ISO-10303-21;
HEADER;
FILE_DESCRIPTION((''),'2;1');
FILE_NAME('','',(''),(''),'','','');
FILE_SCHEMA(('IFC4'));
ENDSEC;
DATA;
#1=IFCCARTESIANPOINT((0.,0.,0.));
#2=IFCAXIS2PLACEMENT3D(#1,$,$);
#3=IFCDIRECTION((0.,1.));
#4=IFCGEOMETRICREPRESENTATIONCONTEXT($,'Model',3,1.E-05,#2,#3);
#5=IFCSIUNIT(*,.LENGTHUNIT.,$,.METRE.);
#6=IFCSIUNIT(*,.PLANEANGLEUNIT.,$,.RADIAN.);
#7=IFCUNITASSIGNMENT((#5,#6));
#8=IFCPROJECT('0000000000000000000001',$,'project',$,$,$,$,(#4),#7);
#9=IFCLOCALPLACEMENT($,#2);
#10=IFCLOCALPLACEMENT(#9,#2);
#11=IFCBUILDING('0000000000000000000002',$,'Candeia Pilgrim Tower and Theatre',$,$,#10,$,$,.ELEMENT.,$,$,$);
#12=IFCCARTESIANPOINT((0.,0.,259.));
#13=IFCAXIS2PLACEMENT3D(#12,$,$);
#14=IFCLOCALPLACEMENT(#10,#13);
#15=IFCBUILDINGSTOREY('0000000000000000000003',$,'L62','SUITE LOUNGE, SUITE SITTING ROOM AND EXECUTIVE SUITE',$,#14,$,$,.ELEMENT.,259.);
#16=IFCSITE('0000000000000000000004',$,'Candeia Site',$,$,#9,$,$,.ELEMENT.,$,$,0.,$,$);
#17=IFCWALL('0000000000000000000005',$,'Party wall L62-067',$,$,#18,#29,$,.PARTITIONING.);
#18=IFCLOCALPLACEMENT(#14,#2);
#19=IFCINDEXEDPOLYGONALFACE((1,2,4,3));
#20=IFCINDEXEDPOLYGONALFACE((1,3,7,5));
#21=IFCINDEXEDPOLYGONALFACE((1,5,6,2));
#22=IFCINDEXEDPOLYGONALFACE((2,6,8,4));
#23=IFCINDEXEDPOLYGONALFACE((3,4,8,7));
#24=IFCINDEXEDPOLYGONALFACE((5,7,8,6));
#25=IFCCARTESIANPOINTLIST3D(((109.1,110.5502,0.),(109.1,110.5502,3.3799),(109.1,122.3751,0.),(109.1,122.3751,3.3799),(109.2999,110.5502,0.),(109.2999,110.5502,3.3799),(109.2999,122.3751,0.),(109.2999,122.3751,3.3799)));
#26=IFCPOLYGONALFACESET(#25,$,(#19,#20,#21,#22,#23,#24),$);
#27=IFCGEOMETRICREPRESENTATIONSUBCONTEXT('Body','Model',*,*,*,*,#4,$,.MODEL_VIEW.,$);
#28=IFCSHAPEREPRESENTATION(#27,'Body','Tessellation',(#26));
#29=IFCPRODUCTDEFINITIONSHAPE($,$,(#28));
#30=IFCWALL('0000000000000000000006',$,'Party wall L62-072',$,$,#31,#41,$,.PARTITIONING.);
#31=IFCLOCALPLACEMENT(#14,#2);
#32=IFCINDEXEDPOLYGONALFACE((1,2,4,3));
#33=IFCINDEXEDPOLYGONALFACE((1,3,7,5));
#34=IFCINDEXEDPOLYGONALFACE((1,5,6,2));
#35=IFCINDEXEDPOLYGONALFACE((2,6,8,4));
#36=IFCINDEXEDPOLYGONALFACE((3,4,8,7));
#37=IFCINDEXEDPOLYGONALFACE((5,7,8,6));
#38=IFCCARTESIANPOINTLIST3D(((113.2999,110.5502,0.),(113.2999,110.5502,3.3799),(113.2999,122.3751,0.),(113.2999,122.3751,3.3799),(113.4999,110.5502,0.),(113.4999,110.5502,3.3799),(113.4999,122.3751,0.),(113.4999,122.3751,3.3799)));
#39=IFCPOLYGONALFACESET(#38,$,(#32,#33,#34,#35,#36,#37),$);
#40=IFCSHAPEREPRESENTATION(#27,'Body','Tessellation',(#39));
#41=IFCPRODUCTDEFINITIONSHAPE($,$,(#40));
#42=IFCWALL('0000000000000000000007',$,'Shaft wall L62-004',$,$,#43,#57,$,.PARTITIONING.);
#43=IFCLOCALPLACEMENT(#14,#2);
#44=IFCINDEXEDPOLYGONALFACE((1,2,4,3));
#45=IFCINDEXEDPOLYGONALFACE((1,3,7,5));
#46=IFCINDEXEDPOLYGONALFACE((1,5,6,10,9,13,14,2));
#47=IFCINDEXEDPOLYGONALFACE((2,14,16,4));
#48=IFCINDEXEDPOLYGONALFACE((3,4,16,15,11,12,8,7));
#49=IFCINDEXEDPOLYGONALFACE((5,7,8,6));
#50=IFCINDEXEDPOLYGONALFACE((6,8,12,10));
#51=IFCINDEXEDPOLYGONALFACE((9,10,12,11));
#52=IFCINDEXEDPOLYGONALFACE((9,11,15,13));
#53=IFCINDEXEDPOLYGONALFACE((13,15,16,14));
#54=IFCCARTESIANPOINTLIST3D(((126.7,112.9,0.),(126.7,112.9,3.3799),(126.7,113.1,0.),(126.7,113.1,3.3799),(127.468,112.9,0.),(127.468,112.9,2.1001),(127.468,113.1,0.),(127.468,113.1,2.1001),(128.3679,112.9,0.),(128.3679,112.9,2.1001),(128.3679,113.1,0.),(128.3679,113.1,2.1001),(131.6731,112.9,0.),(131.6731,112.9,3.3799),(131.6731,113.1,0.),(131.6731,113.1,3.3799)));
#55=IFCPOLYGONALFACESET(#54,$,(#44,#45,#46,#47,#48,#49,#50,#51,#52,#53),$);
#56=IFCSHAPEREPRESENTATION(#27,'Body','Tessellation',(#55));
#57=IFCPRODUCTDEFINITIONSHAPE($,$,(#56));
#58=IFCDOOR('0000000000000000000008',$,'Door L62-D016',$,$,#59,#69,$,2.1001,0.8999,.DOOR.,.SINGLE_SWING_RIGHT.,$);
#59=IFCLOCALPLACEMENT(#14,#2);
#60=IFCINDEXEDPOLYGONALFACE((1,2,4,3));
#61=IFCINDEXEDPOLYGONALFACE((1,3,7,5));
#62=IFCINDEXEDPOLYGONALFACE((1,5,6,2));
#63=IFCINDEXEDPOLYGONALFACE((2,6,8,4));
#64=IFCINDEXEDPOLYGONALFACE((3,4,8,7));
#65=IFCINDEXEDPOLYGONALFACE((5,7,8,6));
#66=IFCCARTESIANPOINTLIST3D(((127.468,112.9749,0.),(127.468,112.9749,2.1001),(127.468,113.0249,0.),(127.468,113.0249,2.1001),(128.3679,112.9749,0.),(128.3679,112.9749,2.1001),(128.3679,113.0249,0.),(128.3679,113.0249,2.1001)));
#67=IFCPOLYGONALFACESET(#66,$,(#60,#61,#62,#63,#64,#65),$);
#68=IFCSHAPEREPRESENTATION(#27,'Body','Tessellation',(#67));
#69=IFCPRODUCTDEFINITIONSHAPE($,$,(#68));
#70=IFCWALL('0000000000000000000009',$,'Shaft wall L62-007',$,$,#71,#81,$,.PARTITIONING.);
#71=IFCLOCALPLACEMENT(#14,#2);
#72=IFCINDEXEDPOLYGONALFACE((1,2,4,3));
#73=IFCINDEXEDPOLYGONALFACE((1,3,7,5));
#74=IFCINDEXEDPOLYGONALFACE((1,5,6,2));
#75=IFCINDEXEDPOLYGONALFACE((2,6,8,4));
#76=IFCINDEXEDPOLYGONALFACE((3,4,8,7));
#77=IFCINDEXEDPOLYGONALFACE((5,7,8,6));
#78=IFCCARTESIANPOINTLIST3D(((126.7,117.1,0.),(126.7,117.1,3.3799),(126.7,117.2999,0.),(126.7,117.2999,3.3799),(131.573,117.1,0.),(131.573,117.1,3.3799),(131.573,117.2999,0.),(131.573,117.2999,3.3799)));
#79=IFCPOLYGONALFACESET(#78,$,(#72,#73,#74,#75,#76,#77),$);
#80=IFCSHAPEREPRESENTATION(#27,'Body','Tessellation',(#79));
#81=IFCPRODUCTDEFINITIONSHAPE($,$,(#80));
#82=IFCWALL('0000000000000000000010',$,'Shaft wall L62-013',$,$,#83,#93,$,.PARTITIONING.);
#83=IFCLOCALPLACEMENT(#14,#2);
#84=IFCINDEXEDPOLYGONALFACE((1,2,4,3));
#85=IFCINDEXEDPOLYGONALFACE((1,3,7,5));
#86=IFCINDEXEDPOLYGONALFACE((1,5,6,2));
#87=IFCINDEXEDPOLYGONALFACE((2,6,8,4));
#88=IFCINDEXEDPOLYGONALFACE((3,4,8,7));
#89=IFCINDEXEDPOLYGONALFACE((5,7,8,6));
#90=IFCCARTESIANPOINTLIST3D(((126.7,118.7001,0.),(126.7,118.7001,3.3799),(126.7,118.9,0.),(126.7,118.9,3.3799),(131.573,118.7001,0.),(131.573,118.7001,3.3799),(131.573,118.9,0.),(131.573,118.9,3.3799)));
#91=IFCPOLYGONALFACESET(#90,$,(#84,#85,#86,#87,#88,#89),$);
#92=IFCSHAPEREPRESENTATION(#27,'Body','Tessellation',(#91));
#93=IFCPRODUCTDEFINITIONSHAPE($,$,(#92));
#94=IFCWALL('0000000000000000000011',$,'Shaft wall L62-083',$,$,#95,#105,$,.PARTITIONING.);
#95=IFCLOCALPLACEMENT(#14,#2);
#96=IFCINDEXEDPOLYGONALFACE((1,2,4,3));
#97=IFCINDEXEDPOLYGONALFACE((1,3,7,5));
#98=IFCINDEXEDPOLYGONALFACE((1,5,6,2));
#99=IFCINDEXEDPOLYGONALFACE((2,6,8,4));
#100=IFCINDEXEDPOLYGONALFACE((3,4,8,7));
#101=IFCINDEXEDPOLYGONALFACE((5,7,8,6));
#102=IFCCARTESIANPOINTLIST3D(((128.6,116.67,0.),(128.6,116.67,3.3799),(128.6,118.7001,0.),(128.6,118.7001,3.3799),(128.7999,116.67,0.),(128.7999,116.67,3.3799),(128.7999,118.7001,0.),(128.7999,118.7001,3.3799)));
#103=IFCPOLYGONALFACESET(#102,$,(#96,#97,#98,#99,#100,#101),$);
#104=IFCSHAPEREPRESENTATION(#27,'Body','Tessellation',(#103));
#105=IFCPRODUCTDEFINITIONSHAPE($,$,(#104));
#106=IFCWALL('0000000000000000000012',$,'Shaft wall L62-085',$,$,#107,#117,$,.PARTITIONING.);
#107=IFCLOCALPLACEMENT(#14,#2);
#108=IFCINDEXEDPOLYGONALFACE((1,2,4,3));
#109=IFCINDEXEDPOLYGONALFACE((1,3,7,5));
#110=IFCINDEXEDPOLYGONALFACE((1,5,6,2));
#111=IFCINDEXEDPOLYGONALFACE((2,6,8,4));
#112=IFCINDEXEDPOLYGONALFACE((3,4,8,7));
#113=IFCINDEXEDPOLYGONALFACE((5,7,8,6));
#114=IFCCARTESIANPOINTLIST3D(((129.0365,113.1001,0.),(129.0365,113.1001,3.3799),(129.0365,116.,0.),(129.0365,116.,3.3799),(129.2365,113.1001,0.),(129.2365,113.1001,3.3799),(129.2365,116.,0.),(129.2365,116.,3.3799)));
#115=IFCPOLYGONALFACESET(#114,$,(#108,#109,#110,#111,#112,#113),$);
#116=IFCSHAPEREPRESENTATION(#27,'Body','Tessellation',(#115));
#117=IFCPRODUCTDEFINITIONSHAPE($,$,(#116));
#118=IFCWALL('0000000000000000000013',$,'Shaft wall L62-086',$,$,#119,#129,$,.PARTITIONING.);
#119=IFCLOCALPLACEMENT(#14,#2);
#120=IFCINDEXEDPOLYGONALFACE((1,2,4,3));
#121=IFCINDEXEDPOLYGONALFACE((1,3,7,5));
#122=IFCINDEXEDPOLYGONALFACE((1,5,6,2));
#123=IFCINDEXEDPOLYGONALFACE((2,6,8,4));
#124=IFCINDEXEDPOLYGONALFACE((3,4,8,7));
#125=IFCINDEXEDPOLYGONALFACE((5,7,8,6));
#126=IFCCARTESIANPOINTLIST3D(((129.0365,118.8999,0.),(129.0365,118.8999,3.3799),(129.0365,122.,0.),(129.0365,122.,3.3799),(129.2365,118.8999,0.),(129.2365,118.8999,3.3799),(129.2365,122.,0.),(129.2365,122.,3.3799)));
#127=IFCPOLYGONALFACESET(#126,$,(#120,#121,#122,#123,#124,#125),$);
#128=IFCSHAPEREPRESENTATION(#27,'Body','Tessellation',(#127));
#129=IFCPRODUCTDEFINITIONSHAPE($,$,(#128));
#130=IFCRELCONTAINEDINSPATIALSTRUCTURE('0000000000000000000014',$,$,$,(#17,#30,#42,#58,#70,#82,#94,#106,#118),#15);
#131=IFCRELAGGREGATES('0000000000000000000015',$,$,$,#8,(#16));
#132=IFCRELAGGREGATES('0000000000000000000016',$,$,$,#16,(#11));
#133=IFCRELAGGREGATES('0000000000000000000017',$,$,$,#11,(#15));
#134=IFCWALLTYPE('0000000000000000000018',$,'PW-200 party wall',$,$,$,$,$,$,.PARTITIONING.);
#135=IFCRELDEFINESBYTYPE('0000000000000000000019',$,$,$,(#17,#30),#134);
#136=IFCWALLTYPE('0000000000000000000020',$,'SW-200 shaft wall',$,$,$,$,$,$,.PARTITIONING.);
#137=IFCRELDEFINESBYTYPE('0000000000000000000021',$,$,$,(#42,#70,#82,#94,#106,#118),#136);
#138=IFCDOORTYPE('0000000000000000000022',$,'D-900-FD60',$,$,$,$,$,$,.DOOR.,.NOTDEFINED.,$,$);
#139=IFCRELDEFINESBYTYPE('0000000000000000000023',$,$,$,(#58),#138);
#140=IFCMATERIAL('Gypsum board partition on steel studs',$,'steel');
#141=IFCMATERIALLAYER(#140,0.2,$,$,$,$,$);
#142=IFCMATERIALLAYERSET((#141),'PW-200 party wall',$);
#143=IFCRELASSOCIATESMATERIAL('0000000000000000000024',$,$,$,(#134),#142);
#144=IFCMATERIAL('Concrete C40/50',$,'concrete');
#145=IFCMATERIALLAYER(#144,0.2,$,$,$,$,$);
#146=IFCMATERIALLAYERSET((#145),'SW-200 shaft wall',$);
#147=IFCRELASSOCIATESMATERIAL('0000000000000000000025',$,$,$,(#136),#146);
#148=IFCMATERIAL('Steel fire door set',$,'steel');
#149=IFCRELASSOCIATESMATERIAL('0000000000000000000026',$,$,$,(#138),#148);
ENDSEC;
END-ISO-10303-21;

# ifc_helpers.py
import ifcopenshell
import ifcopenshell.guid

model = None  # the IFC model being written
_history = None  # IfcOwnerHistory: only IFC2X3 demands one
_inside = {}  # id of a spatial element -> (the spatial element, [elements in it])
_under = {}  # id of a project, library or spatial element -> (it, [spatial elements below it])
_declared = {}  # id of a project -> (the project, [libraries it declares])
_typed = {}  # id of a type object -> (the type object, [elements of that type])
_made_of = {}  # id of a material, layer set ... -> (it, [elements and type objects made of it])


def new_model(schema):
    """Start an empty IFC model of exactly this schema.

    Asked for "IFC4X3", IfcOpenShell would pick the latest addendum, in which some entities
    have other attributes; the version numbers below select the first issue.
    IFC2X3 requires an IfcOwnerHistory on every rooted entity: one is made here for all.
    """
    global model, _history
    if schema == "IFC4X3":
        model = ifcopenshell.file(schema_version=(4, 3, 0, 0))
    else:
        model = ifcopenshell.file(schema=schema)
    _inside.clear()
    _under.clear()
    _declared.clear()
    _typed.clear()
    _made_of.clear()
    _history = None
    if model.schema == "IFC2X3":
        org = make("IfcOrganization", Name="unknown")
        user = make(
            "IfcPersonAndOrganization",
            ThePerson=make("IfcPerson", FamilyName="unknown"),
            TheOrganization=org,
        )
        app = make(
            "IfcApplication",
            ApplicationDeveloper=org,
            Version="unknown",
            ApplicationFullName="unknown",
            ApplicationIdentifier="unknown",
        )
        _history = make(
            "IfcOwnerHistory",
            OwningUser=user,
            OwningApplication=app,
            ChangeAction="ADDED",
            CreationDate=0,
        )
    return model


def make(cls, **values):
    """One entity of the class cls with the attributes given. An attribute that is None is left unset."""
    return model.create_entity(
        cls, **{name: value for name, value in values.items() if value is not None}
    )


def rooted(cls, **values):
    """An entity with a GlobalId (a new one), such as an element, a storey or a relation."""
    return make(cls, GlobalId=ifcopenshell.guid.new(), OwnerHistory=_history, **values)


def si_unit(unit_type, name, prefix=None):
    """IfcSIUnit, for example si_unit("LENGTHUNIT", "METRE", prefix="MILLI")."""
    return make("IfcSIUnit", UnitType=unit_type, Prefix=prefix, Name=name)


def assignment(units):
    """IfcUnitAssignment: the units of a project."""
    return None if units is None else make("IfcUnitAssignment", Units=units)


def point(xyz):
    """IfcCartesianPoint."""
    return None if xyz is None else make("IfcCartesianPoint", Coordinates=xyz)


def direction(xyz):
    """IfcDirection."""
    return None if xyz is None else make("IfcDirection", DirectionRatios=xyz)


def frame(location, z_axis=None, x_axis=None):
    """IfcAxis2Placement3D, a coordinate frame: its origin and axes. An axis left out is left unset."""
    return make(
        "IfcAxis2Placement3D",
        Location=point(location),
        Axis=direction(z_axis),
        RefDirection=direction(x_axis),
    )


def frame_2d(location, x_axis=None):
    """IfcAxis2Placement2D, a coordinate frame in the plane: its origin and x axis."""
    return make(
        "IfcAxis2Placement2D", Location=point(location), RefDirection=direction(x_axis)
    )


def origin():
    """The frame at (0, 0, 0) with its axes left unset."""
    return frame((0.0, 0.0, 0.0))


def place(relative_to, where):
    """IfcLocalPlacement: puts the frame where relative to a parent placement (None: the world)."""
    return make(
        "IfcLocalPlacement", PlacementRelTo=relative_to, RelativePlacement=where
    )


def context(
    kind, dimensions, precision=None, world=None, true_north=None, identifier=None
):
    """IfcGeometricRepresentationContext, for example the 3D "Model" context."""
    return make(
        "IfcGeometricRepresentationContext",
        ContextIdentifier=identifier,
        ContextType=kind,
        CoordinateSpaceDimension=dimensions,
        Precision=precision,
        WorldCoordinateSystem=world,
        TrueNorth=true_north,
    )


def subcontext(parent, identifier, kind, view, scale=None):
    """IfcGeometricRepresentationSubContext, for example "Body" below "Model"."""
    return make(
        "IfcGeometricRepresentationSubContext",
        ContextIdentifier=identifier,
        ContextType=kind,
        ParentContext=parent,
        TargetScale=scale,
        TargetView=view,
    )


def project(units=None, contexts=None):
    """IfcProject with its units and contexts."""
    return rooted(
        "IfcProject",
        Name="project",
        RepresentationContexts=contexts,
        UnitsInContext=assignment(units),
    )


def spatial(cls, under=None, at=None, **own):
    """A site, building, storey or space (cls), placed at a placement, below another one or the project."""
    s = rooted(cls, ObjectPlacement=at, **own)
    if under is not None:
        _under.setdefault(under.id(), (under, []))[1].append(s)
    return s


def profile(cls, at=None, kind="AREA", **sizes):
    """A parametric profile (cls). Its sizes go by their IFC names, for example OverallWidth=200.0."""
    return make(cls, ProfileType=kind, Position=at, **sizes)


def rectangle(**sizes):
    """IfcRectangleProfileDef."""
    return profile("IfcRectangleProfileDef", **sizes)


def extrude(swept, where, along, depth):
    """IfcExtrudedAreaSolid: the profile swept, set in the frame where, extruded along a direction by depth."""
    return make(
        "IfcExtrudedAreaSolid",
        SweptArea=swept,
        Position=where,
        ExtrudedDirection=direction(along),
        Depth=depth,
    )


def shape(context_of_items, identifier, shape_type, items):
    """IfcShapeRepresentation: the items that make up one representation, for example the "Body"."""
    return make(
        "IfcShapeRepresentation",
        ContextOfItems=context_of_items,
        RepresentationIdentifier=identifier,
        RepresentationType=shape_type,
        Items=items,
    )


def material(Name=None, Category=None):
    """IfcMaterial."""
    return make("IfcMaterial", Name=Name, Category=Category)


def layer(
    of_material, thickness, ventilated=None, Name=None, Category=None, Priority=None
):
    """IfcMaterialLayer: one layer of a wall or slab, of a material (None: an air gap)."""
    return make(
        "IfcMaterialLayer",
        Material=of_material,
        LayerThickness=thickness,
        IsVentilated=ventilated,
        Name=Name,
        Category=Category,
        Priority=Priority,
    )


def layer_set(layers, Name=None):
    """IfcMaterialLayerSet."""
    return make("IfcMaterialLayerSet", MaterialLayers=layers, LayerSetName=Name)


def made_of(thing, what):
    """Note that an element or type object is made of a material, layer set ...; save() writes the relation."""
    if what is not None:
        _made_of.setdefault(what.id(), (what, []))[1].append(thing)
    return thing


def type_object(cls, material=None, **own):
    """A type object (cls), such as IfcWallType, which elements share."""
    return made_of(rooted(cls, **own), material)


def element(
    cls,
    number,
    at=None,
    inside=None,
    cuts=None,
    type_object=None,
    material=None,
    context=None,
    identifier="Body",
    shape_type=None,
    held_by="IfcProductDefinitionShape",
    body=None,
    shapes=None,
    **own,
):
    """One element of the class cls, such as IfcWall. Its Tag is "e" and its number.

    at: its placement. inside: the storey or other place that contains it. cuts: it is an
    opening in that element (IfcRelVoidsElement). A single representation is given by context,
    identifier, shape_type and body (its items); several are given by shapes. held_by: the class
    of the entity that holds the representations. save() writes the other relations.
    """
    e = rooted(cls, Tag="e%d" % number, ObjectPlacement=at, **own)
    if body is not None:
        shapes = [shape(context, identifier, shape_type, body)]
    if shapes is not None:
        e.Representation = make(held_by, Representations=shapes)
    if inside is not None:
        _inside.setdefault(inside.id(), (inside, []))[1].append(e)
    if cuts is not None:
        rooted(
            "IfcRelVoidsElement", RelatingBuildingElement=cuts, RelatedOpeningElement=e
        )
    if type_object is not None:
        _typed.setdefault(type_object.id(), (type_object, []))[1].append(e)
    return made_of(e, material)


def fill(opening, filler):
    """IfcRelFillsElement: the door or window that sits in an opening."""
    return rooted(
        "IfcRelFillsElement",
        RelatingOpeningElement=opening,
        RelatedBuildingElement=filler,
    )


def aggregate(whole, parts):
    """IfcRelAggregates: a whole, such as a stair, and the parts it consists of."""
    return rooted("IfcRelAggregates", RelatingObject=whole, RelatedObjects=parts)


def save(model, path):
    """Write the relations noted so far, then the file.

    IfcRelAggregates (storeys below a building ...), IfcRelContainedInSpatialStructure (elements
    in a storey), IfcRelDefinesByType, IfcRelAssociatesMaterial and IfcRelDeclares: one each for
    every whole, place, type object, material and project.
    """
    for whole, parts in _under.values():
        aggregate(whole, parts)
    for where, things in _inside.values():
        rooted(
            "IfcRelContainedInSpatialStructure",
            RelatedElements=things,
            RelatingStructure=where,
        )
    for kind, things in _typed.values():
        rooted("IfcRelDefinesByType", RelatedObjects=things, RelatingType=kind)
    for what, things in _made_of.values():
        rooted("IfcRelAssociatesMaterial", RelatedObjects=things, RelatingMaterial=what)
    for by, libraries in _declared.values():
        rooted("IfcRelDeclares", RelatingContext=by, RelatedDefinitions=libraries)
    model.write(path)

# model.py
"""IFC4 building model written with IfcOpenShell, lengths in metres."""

from ifc_helpers import new_model, si_unit, direction, frame, frame_2d, origin, place, context, subcontext, project, spatial, rectangle, extrude, material, layer, layer_set, type_object, element, fill, save


model = new_model("IFC4")

# Units and contexts
model_context = context("Model", 3, precision=1e-05, world=origin(), true_north=direction((0.0, 1.0)))
body_context = subcontext(model_context, "Body", "Model", "MODEL_VIEW")
ifc_project = project(units=[si_unit("LENGTHUNIT", "METRE"), si_unit("PLANEANGLEUNIT", "RADIAN")], contexts=[model_context])

# Site, building, storey
site_placement = place(None, origin())
site = spatial("IfcSite", under=ifc_project, at=site_placement, Name="Candeia Site", CompositionType="ELEMENT", RefElevation=0.0)
building_placement = place(site_placement, origin())
building = spatial("IfcBuilding", under=site, at=building_placement, Name="Candeia Pilgrim Tower and Theatre", CompositionType="ELEMENT")
storey_placement = place(building_placement, frame((0.0, 0.0, 259.0)))
storey = spatial("IfcBuildingStorey", under=building, at=storey_placement, Name="L62", Description="SUITE LOUNGE, SUITE SITTING ROOM AND EXECUTIVE SUITE", CompositionType="ELEMENT", Elevation=259.0)

# Shared definitions
ifc_material_1 = material(Name="Concrete C40/50", Category="concrete")

# Shared definitions
ifc_material_2 = material(Name="Steel fire door set", Category="steel")

# Shared definitions
ifc_material_3 = material(Name="Gypsum board partition on steel studs", Category="steel")

# Walls
ifc_layer_1 = layer(ifc_material_3, 0.2)
ifc_layer_set_1 = layer_set([ifc_layer_1], Name="PW-200 party wall")
wall_type_1 = type_object("IfcWallType", Name="PW-200 party wall", PredefinedType="PARTITIONING", material=ifc_layer_set_1)
for number, where, z_axis, x_axis, name in (
    (1, (109.2, 110.55, 0.0), (0.0, 0.0, 1.0), (0.0, 1.0, 0.0), "Party wall L62-067"),
    (2, (113.3999, 110.55, 0.0), (0.0, 0.0, 1.0), (0.0, 1.0, 0.0), "Party wall L62-072"),
):
    element("IfcWall", number, at=place(storey_placement, frame(where, z_axis=z_axis, x_axis=x_axis)), inside=storey, type_object=wall_type_1, Name=name, PredefinedType="PARTITIONING", context=body_context, shape_type="SweptSolid", body=[
        extrude(rectangle(XDim=11.825, YDim=0.2, at=frame_2d((5.9126, 0.0))), origin(), (0.0, 0.0, 1.0), 3.3799),
    ])

# Wall, opening, door
ifc_layer_2 = layer(ifc_material_1, 0.2)
ifc_layer_set_2 = layer_set([ifc_layer_2], Name="SW-200 shaft wall")
wall_type_2 = type_object("IfcWallType", Name="SW-200 shaft wall", PredefinedType="PARTITIONING", material=ifc_layer_set_2)
wall_1_placement = place(storey_placement, frame((126.7, 113.0, 0.0), z_axis=(0.0, 0.0, 1.0), x_axis=(1.0, 0.0, 0.0)))
wall_1 = element("IfcWall", 3, at=wall_1_placement, inside=storey, type_object=wall_type_2, Name="Shaft wall L62-004", PredefinedType="PARTITIONING", context=body_context, shape_type="SweptSolid", body=[
    extrude(rectangle(XDim=4.9731, YDim=0.2, at=frame_2d((2.4866, 0.0))), origin(), (0.0, 0.0, 1.0), 3.3799),
])
opening_1_placement = place(wall_1_placement, frame((0.7681, 0.0, 0.0)))
opening_1 = element("IfcOpeningElement", 4, at=opening_1_placement, cuts=wall_1, PredefinedType="OPENING", context=body_context, shape_type="SweptSolid", body=[
    extrude(rectangle(XDim=0.8999, YDim=2.1001, at=frame_2d((0.45, 1.05))), frame((0.0, 0.1099, 0.0), z_axis=(0.0, -1.0, 0.0), x_axis=(1.0, 0.0, 0.0)), (0.0, 0.0, 1.0), 0.22),
])
door_type_1 = type_object("IfcDoorType", Name="D-900-FD60", OperationType="NOTDEFINED", PredefinedType="DOOR", material=ifc_material_2)
door_1_placement = place(opening_1_placement, origin())
door_1 = element("IfcDoor", 5, at=door_1_placement, inside=storey, type_object=door_type_1, Name="Door L62-D016", OperationType="SINGLE_SWING_RIGHT", OverallHeight=2.1001, OverallWidth=0.8999, PredefinedType="DOOR", context=body_context, shape_type="SweptSolid", body=[
    extrude(rectangle(XDim=0.8999, YDim=2.1001, at=frame_2d((0.45, 1.05))), frame((0.0, 0.0249, 0.0), z_axis=(0.0, -1.0, 0.0), x_axis=(1.0, 0.0, 0.0)), (0.0, 0.0, 1.0), 0.05),
])
fill(opening_1, door_1)

# Walls
for number, where, z_axis, x_axis, name in (
    (6, (126.7, 117.2, 0.0), (0.0, 0.0, 1.0), (1.0, 0.0, 0.0), "Shaft wall L62-007"),
    (7, (126.7, 118.8, 0.0), (0.0, 0.0, 1.0), (1.0, 0.0, 0.0), "Shaft wall L62-013"),
):
    element("IfcWall", number, at=place(storey_placement, frame(where, z_axis=z_axis, x_axis=x_axis)), inside=storey, type_object=wall_type_2, Name=name, PredefinedType="PARTITIONING", context=body_context, shape_type="SweptSolid", body=[
        extrude(rectangle(XDim=4.873, YDim=0.2, at=frame_2d((2.4365, 0.0))), origin(), (0.0, 0.0, 1.0), 3.3799),
    ])
wall_2_placement = place(storey_placement, frame((128.7, 116.6699, 0.0), z_axis=(0.0, 0.0, 1.0), x_axis=(0.0, 1.0, 0.0)))
element("IfcWall", 8, at=wall_2_placement, inside=storey, type_object=wall_type_2, Name="Shaft wall L62-083", PredefinedType="PARTITIONING", context=body_context, shape_type="SweptSolid", body=[
    extrude(rectangle(XDim=2.03, YDim=0.2, at=frame_2d((1.0151, 0.0))), origin(), (0.0, 0.0, 1.0), 3.3799),
])
wall_3_placement = place(storey_placement, frame((129.1365, 113.1001, 0.0), z_axis=(0.0, 0.0, 1.0), x_axis=(0.0, 1.0, 0.0)))
element("IfcWall", 9, at=wall_3_placement, inside=storey, type_object=wall_type_2, Name="Shaft wall L62-085", PredefinedType="PARTITIONING", context=body_context, shape_type="SweptSolid", body=[
    extrude(rectangle(XDim=2.8999, YDim=0.2, at=frame_2d((1.45, 0.0))), origin(), (0.0, 0.0, 1.0), 3.3799),
])
wall_4_placement = place(storey_placement, frame((129.1365, 118.8999, 0.0), z_axis=(0.0, 0.0, 1.0), x_axis=(0.0, 1.0, 0.0)))
element("IfcWall", 10, at=wall_4_placement, inside=storey, type_object=wall_type_2, Name="Shaft wall L62-086", PredefinedType="PARTITIONING", context=body_context, shape_type="SweptSolid", body=[
    extrude(rectangle(XDim=3.1001, YDim=0.2, at=frame_2d((1.55, 0.0))), origin(), (0.0, 0.0, 1.0), 3.3799),
])

save(model, "model.ifc")
